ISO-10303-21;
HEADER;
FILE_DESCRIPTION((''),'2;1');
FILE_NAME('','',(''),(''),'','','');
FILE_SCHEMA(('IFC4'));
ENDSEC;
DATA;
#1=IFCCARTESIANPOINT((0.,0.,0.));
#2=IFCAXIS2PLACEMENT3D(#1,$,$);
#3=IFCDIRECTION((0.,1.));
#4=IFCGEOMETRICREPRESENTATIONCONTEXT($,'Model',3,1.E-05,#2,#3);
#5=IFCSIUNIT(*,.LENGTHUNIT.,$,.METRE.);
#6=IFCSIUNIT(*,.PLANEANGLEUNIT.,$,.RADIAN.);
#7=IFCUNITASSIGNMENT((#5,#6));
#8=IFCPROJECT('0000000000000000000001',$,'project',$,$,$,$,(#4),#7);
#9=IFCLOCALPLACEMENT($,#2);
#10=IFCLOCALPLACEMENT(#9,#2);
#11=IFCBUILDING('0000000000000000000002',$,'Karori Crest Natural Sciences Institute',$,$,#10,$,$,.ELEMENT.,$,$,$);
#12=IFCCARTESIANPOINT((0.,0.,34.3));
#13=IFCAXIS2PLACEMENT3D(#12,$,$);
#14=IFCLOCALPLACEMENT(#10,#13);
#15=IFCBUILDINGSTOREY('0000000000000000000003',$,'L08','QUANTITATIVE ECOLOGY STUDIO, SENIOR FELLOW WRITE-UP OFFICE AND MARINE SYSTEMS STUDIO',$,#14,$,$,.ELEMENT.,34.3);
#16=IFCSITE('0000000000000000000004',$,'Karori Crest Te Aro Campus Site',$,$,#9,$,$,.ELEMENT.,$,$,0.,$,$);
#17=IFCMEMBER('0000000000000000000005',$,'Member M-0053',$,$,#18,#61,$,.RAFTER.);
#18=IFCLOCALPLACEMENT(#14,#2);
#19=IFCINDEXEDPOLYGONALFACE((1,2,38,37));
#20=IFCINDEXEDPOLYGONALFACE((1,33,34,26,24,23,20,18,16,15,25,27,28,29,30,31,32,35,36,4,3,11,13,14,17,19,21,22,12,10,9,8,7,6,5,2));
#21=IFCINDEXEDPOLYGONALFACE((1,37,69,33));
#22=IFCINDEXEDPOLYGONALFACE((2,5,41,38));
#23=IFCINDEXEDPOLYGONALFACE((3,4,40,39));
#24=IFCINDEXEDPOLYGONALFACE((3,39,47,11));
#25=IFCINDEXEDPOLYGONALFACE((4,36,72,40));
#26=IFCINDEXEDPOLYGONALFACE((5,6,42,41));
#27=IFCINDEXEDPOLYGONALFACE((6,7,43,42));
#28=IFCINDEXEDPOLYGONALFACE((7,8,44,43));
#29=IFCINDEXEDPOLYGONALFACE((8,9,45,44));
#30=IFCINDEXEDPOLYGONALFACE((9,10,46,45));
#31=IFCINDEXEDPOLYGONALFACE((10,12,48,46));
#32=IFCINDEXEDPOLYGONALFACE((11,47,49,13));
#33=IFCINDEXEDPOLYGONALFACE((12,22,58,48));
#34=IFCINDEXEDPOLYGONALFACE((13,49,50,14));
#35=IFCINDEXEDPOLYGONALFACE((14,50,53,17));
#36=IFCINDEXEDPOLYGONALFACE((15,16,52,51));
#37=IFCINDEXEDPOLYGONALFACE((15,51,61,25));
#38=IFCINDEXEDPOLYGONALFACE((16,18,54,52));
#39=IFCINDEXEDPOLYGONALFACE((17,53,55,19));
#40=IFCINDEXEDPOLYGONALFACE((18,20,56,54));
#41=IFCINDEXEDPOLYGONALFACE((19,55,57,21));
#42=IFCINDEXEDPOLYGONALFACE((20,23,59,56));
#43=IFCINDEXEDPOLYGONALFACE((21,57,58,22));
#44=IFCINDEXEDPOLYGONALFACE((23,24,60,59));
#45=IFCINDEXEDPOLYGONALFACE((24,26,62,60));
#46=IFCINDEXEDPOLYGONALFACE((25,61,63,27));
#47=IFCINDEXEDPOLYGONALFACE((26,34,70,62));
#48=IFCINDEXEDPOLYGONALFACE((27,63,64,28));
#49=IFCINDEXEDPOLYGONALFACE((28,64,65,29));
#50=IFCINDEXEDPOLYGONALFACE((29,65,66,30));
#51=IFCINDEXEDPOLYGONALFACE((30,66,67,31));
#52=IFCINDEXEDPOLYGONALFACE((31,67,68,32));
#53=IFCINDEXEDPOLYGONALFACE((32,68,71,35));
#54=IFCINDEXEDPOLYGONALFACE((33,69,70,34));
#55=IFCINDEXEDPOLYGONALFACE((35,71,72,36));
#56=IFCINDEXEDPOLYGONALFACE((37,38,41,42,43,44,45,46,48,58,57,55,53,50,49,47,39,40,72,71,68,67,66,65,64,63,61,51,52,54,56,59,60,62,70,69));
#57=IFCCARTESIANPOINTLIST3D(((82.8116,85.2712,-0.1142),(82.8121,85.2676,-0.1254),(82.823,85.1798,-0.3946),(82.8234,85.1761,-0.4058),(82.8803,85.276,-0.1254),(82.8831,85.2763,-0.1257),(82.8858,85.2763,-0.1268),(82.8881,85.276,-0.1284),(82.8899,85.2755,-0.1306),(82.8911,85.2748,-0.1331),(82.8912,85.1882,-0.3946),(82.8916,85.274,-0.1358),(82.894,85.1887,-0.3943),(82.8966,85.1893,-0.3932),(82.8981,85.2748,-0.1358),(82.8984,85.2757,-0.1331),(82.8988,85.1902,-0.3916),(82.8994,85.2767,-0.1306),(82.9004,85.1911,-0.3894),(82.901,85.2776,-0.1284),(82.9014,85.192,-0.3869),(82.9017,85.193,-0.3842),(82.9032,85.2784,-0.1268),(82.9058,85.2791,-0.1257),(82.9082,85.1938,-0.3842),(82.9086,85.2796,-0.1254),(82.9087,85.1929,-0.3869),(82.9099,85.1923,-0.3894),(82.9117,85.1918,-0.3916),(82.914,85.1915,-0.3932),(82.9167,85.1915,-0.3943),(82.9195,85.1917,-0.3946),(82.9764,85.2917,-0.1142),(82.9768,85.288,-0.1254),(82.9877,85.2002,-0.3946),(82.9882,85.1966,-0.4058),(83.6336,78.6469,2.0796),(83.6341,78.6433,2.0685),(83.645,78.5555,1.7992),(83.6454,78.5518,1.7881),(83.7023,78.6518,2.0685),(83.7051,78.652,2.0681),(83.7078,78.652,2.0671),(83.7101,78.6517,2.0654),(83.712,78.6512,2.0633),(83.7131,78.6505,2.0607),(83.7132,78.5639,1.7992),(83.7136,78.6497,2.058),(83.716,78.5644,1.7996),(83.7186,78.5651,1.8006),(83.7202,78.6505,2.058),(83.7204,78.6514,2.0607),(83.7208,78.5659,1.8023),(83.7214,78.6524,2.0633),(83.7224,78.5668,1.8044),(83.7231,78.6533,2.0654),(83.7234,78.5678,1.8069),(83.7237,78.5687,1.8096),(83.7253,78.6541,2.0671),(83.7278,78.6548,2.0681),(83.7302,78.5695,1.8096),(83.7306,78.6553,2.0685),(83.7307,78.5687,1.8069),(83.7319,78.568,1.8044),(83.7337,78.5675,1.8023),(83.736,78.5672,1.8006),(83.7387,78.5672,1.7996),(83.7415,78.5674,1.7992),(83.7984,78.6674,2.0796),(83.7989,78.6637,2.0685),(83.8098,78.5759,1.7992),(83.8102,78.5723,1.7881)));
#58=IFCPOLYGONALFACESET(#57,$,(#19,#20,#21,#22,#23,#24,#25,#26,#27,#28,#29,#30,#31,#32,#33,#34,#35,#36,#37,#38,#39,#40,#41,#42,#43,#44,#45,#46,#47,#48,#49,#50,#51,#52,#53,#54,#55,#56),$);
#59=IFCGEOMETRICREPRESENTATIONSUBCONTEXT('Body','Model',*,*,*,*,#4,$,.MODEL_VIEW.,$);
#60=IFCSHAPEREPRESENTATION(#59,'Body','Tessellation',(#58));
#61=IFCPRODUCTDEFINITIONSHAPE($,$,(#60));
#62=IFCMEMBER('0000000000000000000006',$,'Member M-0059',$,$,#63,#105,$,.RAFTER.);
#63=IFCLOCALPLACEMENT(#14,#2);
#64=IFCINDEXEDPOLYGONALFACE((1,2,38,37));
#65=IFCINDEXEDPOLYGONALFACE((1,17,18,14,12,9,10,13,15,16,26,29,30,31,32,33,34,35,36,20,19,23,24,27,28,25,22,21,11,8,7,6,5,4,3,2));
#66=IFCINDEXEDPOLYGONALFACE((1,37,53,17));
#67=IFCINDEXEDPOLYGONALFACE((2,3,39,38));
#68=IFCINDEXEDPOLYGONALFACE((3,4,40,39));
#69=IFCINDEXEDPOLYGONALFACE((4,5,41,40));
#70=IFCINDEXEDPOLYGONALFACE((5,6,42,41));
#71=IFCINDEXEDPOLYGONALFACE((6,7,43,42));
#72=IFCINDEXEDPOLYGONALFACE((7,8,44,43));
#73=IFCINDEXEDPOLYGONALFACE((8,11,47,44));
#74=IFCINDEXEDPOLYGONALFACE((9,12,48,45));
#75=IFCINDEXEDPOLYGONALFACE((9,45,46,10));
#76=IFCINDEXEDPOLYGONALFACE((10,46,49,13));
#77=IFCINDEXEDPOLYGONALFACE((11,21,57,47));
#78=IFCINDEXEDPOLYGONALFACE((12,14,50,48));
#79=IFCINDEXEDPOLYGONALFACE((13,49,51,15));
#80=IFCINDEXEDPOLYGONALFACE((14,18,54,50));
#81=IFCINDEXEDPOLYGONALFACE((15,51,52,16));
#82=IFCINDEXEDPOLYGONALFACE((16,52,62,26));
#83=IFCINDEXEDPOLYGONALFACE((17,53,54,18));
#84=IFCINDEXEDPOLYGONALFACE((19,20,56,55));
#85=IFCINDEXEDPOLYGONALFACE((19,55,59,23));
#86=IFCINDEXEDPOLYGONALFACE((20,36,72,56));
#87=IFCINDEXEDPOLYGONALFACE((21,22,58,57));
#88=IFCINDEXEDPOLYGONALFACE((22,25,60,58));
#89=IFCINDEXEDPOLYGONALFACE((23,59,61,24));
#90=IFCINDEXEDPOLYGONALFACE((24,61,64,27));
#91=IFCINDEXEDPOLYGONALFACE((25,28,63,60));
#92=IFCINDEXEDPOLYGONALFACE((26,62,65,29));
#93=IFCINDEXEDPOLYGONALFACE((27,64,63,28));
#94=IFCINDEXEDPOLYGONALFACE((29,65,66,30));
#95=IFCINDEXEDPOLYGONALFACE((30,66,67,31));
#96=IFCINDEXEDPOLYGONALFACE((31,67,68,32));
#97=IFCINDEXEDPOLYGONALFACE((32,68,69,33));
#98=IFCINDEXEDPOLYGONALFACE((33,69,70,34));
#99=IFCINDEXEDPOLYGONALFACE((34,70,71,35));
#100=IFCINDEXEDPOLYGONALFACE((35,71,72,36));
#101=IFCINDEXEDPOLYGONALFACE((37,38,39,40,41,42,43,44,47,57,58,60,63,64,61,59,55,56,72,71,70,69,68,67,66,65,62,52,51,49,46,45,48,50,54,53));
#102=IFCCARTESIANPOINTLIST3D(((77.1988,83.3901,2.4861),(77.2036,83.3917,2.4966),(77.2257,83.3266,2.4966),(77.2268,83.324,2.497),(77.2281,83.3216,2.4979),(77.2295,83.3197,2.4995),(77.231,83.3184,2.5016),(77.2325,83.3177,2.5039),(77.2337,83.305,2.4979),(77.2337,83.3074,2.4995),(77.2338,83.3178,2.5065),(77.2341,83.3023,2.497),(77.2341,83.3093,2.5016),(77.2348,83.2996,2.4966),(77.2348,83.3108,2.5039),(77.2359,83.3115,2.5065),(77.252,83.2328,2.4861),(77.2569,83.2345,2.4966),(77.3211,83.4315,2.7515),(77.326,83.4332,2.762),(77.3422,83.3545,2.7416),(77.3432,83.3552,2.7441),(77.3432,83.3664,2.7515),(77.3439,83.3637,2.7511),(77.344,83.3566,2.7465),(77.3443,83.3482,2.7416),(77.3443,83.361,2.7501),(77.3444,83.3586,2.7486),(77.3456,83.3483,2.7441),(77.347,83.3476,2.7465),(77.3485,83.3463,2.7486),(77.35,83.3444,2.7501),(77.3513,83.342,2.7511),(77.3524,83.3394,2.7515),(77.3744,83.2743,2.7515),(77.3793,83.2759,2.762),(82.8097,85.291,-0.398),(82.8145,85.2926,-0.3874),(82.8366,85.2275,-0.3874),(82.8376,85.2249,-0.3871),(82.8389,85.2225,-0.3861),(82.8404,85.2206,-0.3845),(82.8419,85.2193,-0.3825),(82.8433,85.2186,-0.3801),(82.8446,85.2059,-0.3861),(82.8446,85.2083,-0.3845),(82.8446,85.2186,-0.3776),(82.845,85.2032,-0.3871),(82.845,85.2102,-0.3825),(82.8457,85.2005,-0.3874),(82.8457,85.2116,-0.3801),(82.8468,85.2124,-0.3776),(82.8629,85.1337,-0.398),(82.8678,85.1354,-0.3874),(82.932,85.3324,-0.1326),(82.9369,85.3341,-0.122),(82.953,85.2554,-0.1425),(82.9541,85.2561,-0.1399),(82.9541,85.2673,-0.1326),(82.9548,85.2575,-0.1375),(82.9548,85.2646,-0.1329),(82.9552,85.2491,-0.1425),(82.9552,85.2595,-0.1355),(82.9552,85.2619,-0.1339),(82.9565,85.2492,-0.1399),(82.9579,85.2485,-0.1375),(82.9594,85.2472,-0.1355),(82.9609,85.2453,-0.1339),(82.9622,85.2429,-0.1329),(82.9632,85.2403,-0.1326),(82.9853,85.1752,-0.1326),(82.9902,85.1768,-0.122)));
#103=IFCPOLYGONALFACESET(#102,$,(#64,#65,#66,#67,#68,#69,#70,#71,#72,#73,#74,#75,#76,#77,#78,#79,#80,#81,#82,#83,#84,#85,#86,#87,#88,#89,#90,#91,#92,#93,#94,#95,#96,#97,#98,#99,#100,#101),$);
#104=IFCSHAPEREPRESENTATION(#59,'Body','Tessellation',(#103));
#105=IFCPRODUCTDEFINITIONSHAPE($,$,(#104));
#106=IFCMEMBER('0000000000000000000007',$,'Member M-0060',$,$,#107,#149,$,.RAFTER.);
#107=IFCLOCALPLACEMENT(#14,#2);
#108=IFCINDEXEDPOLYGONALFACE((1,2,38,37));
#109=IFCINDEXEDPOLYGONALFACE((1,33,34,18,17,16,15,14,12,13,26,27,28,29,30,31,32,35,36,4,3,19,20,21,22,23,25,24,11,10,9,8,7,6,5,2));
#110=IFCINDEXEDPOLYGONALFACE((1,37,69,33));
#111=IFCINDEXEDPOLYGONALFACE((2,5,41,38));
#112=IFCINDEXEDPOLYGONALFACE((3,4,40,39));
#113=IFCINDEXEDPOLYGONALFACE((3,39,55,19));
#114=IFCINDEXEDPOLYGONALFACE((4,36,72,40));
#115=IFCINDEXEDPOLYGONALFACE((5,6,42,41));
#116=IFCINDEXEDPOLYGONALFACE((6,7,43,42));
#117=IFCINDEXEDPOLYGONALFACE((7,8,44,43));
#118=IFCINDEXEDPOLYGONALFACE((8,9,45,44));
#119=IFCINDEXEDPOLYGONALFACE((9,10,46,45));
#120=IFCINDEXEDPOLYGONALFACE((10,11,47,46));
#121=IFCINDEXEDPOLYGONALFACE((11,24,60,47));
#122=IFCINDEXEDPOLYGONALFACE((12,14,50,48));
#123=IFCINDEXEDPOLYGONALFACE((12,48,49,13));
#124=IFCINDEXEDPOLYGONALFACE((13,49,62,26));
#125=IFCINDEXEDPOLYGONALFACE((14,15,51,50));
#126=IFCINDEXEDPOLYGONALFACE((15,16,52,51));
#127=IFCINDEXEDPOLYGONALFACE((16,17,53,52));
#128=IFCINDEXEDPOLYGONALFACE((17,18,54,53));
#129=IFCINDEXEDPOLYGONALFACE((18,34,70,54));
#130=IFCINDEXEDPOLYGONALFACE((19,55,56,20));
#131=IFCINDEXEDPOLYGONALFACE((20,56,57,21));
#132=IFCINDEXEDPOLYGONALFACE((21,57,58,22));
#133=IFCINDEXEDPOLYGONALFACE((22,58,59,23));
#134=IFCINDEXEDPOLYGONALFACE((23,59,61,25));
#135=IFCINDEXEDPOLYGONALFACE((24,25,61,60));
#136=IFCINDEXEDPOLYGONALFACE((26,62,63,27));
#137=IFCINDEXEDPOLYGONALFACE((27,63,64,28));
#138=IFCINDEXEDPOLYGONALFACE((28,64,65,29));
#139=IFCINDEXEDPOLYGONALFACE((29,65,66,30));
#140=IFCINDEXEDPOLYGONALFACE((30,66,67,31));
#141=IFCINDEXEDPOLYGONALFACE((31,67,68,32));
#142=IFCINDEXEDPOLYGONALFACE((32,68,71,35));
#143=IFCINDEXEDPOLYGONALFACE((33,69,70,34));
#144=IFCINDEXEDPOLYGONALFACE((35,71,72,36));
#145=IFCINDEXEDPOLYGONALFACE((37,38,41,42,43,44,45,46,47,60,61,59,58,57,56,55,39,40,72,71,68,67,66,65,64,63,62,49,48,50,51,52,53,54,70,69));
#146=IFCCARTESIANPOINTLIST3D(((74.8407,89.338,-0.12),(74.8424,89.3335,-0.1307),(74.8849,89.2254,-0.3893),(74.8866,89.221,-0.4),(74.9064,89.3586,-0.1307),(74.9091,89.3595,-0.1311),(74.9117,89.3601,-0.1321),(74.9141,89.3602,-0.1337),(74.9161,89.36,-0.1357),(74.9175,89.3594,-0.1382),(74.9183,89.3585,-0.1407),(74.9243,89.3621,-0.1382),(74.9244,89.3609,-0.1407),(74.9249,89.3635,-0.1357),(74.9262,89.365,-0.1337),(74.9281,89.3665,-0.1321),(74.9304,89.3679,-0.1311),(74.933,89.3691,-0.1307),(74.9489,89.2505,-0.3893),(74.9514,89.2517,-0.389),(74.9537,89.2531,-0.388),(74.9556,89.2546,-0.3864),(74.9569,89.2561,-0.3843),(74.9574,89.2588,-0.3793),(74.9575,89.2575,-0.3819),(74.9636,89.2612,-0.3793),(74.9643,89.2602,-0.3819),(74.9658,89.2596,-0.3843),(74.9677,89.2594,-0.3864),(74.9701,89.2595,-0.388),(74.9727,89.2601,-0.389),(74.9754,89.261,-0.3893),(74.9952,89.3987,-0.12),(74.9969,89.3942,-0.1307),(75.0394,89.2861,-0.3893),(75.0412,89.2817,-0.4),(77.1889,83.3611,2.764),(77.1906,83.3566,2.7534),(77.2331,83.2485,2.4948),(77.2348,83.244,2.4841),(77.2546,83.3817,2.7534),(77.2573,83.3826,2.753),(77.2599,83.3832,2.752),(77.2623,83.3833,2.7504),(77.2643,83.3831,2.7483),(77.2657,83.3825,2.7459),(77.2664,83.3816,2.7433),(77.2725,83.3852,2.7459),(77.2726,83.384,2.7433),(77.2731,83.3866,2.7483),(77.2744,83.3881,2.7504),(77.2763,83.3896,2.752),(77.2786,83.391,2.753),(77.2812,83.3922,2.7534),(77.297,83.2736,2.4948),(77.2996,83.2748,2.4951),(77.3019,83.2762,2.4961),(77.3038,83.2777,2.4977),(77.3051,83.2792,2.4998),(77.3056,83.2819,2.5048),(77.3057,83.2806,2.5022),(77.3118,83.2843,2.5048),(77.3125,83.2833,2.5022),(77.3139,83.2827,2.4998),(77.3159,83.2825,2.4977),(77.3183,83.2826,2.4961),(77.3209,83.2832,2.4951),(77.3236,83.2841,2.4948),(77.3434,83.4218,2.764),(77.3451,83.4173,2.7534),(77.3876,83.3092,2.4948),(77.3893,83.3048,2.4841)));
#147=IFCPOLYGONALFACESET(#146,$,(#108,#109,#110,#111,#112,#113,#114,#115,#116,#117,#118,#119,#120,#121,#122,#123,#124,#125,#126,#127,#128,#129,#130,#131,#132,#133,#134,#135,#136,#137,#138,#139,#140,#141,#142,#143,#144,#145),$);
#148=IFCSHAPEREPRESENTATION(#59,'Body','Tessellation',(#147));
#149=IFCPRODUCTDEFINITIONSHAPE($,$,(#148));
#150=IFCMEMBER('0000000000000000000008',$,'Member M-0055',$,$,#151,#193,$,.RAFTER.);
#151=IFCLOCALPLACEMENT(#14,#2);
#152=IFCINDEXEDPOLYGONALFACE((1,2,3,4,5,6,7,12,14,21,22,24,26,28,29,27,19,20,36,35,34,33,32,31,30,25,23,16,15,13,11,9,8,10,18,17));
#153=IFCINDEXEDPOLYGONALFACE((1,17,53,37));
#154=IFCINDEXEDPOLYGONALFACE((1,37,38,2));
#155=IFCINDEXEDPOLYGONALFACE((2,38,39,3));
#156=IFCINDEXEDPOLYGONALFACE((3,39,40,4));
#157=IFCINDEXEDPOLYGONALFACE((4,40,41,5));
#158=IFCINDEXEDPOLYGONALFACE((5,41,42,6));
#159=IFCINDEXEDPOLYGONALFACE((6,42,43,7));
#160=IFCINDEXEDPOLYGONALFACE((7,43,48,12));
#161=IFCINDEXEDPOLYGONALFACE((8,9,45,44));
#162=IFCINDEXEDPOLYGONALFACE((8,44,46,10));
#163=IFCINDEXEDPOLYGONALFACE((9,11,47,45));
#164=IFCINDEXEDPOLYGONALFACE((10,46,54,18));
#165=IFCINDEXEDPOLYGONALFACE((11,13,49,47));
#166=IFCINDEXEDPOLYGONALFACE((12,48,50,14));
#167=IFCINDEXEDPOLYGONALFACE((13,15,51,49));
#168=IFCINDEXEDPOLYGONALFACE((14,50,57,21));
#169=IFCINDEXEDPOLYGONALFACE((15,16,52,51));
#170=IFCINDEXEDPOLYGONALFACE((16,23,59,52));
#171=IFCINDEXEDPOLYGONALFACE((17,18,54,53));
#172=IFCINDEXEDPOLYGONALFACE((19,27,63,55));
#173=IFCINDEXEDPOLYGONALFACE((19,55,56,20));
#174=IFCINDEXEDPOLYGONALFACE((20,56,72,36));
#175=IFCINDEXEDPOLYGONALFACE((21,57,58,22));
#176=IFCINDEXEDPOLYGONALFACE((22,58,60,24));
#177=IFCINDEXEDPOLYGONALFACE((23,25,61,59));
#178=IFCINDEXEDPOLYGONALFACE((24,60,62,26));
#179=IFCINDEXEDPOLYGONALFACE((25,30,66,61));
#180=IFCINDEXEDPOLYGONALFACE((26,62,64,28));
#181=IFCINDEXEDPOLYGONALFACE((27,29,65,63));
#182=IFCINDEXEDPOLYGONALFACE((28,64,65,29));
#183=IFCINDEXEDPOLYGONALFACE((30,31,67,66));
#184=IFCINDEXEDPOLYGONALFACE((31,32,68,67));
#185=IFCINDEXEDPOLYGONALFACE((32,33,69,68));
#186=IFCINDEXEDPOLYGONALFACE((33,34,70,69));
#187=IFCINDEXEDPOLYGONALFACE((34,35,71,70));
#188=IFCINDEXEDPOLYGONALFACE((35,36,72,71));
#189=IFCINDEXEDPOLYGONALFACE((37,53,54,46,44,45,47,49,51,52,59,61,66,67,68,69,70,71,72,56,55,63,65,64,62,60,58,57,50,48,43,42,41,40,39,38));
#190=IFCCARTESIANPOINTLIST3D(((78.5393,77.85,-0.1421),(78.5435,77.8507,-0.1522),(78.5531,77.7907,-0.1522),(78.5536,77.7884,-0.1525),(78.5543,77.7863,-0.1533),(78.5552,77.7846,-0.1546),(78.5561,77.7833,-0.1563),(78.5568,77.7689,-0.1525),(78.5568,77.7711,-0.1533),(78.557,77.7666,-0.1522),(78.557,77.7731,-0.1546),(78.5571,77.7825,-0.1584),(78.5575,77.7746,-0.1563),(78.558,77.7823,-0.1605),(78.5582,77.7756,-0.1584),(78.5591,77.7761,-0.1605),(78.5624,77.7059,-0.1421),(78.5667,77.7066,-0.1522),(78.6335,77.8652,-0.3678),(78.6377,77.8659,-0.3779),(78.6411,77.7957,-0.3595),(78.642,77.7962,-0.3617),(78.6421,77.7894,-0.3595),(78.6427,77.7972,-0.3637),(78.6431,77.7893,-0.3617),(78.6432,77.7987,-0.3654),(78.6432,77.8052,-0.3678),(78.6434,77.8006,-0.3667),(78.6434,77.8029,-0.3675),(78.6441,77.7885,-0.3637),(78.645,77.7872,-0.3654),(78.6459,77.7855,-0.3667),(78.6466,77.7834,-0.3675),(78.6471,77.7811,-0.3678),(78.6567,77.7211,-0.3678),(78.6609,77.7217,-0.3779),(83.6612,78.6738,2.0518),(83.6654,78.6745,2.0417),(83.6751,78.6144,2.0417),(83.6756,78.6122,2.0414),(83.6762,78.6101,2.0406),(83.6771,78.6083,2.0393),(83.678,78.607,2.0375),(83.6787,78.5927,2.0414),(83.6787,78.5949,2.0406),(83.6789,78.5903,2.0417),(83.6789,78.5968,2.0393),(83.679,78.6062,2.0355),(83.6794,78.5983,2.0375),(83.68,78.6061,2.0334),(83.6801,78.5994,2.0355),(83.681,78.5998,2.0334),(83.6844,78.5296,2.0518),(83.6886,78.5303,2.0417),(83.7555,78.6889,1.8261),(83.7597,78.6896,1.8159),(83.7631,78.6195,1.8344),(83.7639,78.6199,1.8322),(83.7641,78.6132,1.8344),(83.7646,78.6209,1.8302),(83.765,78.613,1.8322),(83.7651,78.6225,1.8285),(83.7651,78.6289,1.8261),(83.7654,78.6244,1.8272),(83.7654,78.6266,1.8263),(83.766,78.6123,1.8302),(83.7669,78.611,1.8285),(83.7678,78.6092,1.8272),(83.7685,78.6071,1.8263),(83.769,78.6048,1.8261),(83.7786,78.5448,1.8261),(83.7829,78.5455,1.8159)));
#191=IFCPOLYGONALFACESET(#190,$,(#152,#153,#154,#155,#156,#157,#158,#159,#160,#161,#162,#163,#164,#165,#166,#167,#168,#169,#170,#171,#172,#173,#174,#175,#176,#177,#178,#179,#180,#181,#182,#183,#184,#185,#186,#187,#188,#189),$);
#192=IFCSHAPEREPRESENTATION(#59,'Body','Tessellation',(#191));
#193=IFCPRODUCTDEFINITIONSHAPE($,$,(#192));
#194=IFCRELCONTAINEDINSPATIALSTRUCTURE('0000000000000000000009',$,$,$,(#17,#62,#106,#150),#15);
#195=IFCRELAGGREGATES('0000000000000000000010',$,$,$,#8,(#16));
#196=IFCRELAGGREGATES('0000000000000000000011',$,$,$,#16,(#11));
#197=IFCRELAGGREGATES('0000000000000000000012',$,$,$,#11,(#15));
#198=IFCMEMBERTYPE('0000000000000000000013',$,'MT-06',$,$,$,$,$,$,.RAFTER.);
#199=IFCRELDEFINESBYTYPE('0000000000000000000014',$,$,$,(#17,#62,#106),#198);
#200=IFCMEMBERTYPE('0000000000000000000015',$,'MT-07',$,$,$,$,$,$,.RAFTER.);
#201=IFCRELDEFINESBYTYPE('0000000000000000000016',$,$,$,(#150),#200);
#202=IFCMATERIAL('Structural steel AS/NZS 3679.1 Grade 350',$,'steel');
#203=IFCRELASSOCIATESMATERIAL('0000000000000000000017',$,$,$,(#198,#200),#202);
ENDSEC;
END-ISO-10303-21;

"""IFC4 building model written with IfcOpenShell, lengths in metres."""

from ifc_helpers import new_model, si_unit, direction, frame, origin, origin_2d, place, context, subcontext, project, spatial, i_section, extrude, material, material_profile, profile_set, type_object, element, save


model = new_model("IFC4")

# Units and contexts
model_context = context("Model", 3, precision=1e-05, world=origin(), true_north=direction((0.0, 1.0)))
body_context = subcontext(model_context, "Body", "Model", "MODEL_VIEW")
ifc_project = project(units=[si_unit("LENGTHUNIT", "METRE"), si_unit("PLANEANGLEUNIT", "RADIAN")], contexts=[model_context])

# Site, building, storey
site_placement = place(None, origin())
site = spatial("IfcSite", under=ifc_project, at=site_placement, Name="Karori Crest Te Aro Campus Site", CompositionType="ELEMENT", RefElevation=0.0)
building_placement = place(site_placement, origin())
building = spatial("IfcBuilding", under=site, at=building_placement, Name="Karori Crest Natural Sciences Institute", CompositionType="ELEMENT")
storey_placement = place(building_placement, frame((0.0, 0.0, 34.3)))
storey = spatial("IfcBuildingStorey", under=building, at=storey_placement, Name="L08", Description="QUANTITATIVE ECOLOGY STUDIO, SENIOR FELLOW WRITE-UP OFFICE AND MARINE SYSTEMS STUDIO", CompositionType="ELEMENT", Elevation=34.3)

# Members
ifc_material_1 = material(Name="Structural steel AS/NZS 3679.1 Grade 350", Category="steel")
ifc_material_profile_1 = material_profile(ifc_material_1, i_section(OverallWidth=0.166, OverallDepth=0.3069, WebThickness=0.0066, FlangeThickness=0.0117, FilletRadius=0.011, at=origin_2d()), Name="310UB46.2")
ifc_profile_set_1 = profile_set([ifc_material_profile_1], Name="Structural steel AS/NZS 3679.1 Grade 350")
member_type_1 = type_object("IfcMemberType", Name="MT-06", PredefinedType="RAFTER", material=ifc_profile_set_1)
member_1_placement = place(storey_placement, frame((82.8999, 85.2339, -0.26), z_axis=(0.116991, -0.942775, 0.312231), x_axis=(0.992388, 0.123148, 0.0)))
element("IfcMember", 1, at=member_1_placement, inside=storey, type_object=member_type_1, Name="Member M-0053", PredefinedType="RAFTER", context=body_context, shape_type="SweptSolid", body=[
    extrude(i_section(OverallWidth=0.166, OverallDepth=0.3069, WebThickness=0.0066, FlangeThickness=0.0117, FilletRadius=0.011, at=origin_2d()), origin(), (0.0, 0.0, 1.0), 7.0264),
])
member_2_placement = place(storey_placement, frame((82.8999, 85.2339, -0.26), z_axis=(-0.85157, -0.288501, 0.437716), x_axis=(0.320873, -0.947122, 0.0)))
element("IfcMember", 2, at=member_2_placement, inside=storey, type_object=member_type_1, Name="Member M-0059", PredefinedType="RAFTER", context=body_context, shape_type="SweptSolid", body=[
    extrude(i_section(OverallWidth=0.166, OverallDepth=0.3069, WebThickness=0.0066, FlangeThickness=0.0117, FilletRadius=0.011, at=origin_2d()), origin(), (0.0, 0.0, 1.0), 6.5889),
])
member_3_placement = place(storey_placement, frame((74.9409, 89.3098, -0.26), z_axis=(0.33357, -0.849046, 0.409697), x_axis=(0.930745, 0.365668, 0.0)))
element("IfcMember", 3, at=member_3_placement, inside=storey, type_object=member_type_1, Name="Member M-0060", PredefinedType="RAFTER", context=body_context, shape_type="SweptSolid", body=[
    extrude(i_section(OverallWidth=0.166, OverallDepth=0.3069, WebThickness=0.0066, FlangeThickness=0.0117, FilletRadius=0.011, at=origin_2d()), origin(), (0.0, 0.0, 1.0), 7.0396),
])
ifc_material_profile_2 = material_profile(ifc_material_1, i_section(OverallWidth=0.146, OverallDepth=0.2561, WebThickness=0.0063, FlangeThickness=0.011, FilletRadius=0.009, at=origin_2d()), Name="250UB37.3")
ifc_profile_set_2 = profile_set([ifc_material_profile_2], Name="Structural steel AS/NZS 3679.1 Grade 350")
member_type_2 = type_object("IfcMemberType", Name="MT-07", PredefinedType="RAFTER", material=ifc_profile_set_2)
member_4_placement = place(storey_placement, frame((78.6001, 77.7859, -0.26), z_axis=(0.909341, 0.146247, 0.389501), x_axis=(-0.158787, 0.987313, 0.0)))
element("IfcMember", 4, at=member_4_placement, inside=storey, type_object=member_type_2, Name="Member M-0055", PredefinedType="RAFTER", context=body_context, shape_type="SweptSolid", body=[
    extrude(i_section(OverallWidth=0.146, OverallDepth=0.2561, WebThickness=0.0063, FlangeThickness=0.011, FilletRadius=0.009, at=origin_2d()), origin(), (0.0, 0.0, 1.0), 5.6326),
])

save(model, "model.ifc")
